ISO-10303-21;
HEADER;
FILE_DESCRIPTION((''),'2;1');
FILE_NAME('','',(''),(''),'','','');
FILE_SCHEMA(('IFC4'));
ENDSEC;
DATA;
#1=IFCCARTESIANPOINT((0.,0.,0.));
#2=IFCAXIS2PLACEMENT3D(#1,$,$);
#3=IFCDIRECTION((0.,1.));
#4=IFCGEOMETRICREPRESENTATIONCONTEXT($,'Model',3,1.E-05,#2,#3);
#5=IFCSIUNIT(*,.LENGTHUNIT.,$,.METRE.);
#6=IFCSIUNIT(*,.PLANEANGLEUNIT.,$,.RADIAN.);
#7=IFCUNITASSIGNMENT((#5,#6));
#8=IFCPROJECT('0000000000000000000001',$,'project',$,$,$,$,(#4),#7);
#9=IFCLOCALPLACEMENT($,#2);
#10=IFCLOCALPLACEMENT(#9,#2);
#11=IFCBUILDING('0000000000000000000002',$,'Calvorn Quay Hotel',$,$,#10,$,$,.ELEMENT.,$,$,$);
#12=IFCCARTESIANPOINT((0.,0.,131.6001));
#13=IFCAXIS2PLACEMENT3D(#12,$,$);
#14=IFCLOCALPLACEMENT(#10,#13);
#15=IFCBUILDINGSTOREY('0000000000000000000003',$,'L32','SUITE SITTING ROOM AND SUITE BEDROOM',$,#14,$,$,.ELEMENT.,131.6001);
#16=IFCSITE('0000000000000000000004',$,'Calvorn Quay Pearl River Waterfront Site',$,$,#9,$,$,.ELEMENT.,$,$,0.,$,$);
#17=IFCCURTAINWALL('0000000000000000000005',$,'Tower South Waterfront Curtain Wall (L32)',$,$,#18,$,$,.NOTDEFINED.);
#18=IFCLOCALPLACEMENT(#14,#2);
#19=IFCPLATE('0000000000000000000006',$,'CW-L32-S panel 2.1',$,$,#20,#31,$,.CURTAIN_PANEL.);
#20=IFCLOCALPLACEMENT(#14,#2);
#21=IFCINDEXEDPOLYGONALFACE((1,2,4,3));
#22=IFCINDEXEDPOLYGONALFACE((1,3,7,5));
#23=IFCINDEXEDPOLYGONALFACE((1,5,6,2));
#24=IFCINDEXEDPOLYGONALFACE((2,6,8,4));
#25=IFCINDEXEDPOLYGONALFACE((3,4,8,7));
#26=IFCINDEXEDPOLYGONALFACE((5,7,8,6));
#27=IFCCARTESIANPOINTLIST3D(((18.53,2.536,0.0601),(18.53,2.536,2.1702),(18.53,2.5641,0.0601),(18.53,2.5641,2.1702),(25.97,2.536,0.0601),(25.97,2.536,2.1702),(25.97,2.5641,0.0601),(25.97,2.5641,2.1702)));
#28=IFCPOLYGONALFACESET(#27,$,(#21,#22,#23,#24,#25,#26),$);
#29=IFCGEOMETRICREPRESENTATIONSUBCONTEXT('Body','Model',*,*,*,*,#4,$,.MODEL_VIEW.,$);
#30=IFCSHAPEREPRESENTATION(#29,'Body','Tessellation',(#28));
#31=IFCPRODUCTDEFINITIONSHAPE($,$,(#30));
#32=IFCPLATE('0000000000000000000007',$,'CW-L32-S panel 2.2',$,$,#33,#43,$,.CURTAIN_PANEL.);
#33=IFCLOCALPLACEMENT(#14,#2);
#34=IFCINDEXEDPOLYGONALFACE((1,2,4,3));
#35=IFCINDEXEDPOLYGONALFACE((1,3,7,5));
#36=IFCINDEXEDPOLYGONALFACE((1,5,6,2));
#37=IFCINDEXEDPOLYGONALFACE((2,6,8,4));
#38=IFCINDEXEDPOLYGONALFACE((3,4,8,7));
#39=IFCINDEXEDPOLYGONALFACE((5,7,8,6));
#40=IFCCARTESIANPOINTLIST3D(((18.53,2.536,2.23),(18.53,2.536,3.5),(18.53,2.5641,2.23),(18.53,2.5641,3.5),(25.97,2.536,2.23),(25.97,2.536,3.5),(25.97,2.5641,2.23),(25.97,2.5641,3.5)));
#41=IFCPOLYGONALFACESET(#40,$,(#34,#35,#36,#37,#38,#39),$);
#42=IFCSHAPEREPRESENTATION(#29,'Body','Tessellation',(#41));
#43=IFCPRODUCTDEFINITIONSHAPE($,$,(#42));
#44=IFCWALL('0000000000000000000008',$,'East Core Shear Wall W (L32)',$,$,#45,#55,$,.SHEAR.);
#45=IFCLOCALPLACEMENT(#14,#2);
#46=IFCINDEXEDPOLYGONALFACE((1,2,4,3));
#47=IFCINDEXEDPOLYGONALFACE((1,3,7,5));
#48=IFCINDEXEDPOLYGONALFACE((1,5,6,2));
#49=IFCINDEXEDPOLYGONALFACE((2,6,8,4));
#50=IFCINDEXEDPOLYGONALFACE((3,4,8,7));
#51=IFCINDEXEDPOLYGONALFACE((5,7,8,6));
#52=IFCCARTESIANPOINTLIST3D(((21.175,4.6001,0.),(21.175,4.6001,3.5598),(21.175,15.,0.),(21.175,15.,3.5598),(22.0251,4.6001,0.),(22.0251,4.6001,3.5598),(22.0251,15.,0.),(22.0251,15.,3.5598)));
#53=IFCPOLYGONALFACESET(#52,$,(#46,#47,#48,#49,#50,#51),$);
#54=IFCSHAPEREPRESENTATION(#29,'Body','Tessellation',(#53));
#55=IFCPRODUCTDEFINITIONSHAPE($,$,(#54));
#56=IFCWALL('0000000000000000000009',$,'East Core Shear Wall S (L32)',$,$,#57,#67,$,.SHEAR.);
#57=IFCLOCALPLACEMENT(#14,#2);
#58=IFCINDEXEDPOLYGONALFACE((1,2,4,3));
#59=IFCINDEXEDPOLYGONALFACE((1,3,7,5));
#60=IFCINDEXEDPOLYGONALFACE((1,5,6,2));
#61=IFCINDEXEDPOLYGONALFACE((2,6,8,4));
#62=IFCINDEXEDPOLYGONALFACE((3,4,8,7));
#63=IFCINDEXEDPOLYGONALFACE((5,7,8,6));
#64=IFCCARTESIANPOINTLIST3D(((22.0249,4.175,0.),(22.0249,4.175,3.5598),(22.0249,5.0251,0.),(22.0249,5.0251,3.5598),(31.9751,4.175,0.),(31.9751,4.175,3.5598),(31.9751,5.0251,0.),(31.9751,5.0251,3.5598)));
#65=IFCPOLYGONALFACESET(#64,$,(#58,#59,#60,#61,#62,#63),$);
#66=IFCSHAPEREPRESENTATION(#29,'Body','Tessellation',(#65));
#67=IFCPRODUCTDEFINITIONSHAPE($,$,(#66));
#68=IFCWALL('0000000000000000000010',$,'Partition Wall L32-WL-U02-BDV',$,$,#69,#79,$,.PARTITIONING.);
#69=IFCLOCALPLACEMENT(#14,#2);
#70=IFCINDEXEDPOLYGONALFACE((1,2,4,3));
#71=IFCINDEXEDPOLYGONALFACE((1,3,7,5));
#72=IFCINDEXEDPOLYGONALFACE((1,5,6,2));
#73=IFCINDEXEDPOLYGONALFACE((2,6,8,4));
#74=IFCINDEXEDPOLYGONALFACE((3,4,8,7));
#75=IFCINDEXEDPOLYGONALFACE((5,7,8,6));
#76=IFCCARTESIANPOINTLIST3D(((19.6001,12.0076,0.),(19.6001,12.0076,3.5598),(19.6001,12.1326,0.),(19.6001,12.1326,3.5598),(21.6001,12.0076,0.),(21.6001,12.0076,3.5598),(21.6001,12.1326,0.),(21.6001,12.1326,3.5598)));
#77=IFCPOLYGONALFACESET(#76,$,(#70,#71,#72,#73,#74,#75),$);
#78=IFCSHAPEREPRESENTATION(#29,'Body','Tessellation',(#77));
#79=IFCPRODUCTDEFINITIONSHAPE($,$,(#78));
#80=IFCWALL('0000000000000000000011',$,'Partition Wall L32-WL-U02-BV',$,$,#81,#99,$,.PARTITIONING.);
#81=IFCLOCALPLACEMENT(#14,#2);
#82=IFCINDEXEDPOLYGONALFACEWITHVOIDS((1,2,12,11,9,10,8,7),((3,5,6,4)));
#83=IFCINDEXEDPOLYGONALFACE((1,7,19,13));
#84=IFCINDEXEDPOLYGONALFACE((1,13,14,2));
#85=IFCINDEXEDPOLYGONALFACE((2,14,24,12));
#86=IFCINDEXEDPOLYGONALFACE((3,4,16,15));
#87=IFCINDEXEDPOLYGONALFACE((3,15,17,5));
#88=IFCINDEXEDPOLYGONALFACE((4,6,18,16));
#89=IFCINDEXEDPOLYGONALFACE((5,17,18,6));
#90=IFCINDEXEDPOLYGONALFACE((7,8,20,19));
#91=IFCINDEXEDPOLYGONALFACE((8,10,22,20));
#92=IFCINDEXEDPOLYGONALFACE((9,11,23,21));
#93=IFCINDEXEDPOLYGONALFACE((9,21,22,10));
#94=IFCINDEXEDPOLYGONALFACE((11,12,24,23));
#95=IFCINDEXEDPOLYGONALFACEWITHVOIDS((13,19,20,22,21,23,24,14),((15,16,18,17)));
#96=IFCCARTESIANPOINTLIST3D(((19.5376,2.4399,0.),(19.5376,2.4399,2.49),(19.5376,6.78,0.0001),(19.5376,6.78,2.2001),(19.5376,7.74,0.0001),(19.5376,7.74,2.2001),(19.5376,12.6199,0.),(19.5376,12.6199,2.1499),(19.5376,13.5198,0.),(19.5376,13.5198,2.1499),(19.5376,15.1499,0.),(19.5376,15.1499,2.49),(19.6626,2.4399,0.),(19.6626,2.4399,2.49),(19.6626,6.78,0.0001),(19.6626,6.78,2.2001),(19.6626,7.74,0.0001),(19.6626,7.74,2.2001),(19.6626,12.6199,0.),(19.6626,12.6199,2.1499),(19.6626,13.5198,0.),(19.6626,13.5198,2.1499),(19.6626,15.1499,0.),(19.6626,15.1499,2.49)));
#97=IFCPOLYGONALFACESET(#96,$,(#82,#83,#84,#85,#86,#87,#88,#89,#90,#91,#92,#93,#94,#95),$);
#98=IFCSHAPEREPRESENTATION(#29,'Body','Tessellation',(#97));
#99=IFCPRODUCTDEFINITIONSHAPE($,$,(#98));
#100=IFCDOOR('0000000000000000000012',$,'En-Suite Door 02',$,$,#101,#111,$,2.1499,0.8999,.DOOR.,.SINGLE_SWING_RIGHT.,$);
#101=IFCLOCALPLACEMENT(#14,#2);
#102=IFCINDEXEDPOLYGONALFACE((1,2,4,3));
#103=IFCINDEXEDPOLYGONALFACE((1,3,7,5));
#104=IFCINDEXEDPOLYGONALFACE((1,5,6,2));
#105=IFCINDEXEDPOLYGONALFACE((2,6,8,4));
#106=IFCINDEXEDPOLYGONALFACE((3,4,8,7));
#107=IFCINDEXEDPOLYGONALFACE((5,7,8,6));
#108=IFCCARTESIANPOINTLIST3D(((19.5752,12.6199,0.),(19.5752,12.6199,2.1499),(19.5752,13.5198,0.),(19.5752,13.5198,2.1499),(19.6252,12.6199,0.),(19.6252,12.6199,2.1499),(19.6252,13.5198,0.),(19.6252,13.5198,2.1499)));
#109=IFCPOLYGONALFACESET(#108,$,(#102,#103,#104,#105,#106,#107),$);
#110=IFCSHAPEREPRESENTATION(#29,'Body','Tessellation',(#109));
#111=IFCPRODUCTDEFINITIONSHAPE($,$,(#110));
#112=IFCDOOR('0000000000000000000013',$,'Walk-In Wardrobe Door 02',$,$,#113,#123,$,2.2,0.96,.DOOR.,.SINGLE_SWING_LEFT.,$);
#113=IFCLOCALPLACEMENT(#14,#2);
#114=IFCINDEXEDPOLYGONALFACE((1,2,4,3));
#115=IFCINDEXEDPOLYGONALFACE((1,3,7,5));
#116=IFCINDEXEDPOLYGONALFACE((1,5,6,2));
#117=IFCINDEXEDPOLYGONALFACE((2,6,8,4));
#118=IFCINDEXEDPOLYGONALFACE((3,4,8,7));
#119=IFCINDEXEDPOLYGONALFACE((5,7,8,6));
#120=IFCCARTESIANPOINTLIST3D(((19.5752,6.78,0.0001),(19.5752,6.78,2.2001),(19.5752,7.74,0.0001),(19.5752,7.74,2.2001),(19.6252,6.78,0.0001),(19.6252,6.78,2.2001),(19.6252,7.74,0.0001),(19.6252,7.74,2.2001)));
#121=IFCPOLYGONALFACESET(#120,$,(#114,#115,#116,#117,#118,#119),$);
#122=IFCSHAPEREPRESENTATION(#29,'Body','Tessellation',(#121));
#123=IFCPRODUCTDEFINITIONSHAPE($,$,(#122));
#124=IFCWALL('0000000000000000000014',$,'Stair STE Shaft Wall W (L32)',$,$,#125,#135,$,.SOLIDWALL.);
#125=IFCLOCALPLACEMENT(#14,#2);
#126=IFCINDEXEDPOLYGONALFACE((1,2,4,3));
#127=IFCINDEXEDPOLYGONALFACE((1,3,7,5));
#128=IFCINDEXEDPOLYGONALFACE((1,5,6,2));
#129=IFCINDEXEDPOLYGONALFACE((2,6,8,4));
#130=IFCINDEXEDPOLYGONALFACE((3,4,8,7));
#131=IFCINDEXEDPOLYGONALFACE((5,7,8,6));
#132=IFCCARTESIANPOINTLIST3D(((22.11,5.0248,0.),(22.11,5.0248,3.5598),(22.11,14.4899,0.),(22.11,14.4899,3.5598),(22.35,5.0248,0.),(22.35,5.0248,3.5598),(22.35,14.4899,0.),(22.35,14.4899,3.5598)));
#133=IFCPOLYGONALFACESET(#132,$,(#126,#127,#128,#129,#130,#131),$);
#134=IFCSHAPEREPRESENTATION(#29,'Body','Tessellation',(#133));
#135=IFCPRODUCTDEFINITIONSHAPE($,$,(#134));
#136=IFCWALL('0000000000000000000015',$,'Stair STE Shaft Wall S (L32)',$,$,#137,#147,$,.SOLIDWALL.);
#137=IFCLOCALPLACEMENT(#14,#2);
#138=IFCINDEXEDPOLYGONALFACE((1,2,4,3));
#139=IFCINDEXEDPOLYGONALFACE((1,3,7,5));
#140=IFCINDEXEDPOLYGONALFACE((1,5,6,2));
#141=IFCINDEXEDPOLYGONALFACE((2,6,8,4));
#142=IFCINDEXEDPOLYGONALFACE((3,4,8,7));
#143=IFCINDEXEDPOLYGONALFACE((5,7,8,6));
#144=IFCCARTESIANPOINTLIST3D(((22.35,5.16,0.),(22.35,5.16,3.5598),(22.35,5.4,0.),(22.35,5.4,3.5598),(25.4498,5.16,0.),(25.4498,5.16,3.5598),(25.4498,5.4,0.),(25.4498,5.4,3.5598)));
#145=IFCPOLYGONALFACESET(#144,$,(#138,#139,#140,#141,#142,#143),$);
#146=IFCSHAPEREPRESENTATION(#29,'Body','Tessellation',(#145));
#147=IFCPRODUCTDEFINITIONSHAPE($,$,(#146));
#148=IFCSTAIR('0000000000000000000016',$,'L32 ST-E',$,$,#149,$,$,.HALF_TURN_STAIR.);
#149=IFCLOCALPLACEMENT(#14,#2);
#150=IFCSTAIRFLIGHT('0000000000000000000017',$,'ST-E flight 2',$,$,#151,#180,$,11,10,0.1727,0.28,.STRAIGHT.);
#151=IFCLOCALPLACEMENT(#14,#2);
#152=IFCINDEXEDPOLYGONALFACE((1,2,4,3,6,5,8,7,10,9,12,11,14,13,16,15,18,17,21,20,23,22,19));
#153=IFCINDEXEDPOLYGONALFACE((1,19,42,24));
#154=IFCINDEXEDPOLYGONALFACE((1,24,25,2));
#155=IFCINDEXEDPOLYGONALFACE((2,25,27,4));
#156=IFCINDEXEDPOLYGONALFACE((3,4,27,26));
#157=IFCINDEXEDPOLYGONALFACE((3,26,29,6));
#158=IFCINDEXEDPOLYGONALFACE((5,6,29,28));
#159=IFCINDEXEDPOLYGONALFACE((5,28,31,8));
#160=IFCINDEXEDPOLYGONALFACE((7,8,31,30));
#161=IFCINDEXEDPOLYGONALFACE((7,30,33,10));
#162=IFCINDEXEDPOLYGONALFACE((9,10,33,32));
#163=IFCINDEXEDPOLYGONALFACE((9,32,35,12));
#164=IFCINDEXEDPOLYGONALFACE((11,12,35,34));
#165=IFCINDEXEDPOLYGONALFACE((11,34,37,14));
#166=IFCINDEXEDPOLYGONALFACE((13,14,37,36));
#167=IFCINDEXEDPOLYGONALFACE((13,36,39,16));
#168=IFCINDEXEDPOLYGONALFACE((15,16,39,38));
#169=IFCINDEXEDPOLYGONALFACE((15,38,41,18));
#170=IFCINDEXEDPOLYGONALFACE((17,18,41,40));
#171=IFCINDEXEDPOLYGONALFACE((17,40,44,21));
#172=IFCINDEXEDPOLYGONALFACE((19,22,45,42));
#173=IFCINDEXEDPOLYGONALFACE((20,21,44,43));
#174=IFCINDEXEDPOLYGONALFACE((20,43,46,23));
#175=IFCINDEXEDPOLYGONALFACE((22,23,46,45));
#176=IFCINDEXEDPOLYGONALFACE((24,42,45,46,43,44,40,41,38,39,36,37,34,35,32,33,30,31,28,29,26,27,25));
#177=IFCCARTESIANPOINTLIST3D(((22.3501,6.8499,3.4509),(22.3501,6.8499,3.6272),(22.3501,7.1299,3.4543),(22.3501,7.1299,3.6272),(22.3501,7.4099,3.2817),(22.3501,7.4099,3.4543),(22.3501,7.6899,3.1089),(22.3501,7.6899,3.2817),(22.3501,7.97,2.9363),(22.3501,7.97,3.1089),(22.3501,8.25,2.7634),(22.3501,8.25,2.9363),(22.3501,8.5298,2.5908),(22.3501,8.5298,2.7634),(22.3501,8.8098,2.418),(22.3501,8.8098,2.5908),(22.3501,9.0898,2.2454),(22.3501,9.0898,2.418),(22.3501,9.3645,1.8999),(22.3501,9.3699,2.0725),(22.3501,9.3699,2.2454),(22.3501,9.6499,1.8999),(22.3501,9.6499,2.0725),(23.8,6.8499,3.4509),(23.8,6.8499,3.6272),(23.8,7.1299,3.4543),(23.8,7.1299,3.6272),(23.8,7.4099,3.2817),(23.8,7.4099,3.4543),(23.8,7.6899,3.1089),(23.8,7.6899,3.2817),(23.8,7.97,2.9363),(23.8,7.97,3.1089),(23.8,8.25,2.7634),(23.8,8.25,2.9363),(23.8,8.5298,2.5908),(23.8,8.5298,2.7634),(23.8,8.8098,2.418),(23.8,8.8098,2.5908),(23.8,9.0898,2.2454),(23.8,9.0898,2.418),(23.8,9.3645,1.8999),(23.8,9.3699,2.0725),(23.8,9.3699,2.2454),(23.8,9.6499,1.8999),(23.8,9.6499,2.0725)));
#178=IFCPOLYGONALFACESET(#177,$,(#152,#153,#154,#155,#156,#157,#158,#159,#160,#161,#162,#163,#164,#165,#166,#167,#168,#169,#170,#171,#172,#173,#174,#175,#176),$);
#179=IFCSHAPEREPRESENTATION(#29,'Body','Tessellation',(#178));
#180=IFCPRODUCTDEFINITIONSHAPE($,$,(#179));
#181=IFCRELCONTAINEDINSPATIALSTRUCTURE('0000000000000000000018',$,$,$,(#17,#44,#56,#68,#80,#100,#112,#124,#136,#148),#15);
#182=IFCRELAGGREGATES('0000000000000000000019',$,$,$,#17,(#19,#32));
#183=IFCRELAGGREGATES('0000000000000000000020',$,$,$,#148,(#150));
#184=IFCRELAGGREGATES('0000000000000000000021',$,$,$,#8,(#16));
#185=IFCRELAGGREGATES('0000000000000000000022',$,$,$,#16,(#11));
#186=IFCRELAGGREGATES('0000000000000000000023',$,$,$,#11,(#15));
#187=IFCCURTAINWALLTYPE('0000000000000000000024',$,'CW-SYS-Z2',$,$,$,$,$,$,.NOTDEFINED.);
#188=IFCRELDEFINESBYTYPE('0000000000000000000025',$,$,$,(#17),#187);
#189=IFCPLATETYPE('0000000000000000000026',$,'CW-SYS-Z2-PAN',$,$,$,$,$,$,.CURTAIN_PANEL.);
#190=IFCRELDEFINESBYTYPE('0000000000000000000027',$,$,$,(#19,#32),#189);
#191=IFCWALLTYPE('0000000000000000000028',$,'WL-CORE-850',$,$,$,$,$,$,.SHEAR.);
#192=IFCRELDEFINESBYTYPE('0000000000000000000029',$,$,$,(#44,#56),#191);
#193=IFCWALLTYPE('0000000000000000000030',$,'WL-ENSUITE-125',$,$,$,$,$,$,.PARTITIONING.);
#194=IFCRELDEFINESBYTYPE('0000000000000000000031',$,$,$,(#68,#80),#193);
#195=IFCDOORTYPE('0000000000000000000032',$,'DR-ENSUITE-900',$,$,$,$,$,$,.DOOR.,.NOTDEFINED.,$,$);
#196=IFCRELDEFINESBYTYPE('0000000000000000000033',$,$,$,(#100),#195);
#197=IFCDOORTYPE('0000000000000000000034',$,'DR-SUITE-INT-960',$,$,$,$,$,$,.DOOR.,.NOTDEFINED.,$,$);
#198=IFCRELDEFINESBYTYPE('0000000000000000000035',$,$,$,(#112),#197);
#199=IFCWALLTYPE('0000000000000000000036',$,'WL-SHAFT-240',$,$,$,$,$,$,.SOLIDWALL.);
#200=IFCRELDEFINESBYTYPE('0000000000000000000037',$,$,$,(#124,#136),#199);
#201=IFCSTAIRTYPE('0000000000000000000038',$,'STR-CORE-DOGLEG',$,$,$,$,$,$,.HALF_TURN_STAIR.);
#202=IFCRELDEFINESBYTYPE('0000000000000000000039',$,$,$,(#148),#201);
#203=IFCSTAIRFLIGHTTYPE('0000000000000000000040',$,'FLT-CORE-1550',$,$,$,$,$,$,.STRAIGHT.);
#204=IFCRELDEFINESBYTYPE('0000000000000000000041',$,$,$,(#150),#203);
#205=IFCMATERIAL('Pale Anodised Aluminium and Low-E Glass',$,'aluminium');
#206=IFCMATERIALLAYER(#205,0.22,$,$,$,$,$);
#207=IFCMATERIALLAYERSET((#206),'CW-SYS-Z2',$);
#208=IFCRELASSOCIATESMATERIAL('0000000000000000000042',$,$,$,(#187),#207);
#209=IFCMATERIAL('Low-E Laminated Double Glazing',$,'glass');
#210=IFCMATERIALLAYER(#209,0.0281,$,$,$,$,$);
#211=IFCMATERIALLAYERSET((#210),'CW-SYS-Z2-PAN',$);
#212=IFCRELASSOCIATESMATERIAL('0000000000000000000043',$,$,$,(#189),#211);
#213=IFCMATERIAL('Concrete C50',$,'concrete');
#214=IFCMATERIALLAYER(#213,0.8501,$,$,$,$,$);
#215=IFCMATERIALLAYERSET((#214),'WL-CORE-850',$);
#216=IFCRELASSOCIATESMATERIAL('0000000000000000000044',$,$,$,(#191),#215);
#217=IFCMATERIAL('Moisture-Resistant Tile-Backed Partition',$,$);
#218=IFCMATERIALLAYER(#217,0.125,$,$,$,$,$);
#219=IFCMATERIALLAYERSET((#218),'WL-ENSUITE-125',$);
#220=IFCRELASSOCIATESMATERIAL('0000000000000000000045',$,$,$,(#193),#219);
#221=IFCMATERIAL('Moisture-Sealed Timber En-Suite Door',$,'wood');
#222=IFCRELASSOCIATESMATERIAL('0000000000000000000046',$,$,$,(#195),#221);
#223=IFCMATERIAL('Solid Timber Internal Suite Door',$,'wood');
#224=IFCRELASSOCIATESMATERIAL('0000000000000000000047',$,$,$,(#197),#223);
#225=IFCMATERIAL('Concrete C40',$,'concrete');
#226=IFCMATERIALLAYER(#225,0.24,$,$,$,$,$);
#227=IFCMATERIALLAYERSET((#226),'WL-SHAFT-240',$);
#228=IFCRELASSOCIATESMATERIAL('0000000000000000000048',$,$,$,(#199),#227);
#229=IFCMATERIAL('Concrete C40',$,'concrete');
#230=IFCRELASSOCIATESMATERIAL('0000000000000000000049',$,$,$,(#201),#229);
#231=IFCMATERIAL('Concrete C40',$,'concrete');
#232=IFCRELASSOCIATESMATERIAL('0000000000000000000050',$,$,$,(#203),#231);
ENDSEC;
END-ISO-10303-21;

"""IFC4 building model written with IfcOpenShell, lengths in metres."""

from ifc_helpers import new_model, si_unit, direction, frame, frame_2d, origin, origin_2d, place, context, subcontext, project, spatial, polyline, rectangle, outline, extrude, material, layer, layer_set, type_object, element, fill, aggregate, save


model = new_model("IFC4")

# Units and contexts
model_context = context("Model", 3, precision=1e-05, world=origin(), true_north=direction((0.0, 1.0)))
body_context = subcontext(model_context, "Body", "Model", "MODEL_VIEW")
ifc_project = project(units=[si_unit("LENGTHUNIT", "METRE"), si_unit("PLANEANGLEUNIT", "RADIAN")], contexts=[model_context])

# Site, building, storey
site_placement = place(None, origin())
site = spatial("IfcSite", under=ifc_project, at=site_placement, Name="Calvorn Quay Pearl River Waterfront Site", CompositionType="ELEMENT", RefElevation=0.0)
building_placement = place(site_placement, origin())
building = spatial("IfcBuilding", under=site, at=building_placement, Name="Calvorn Quay Hotel", CompositionType="ELEMENT")
storey_placement = place(building_placement, frame((0.0, 0.0, 131.6001)))
storey = spatial("IfcBuildingStorey", under=building, at=storey_placement, Name="L32", Description="SUITE SITTING ROOM AND SUITE BEDROOM", CompositionType="ELEMENT", Elevation=131.6001)

# Curtain wall, plates
ifc_material_1 = material(Name="Pale Anodised Aluminium and Low-E Glass", Category="aluminium")
ifc_layer_1 = layer(ifc_material_1, 0.22)
ifc_layer_set_1 = layer_set([ifc_layer_1], Name="CW-SYS-Z2")
curtain_wall_type = type_object("IfcCurtainWallType", Name="CW-SYS-Z2", PredefinedType="NOTDEFINED", material=ifc_layer_set_1)
curtain_wall_placement = place(storey_placement, origin())
curtain_wall = element("IfcCurtainWall", 1, at=curtain_wall_placement, inside=storey, type_object=curtain_wall_type, Name="Tower South Waterfront Curtain Wall (L32)", PredefinedType="NOTDEFINED")
ifc_material_2 = material(Name="Low-E Laminated Double Glazing", Category="glass")
ifc_layer_2 = layer(ifc_material_2, 0.0281)
ifc_layer_set_2 = layer_set([ifc_layer_2], Name="CW-SYS-Z2-PAN")
plate_type = type_object("IfcPlateType", Name="CW-SYS-Z2-PAN", PredefinedType="CURTAIN_PANEL", material=ifc_layer_set_2)
plate_1_placement = place(storey_placement, frame((22.25, 2.55, 0.0601), z_axis=(0.0, 0.0, 1.0), x_axis=(1.0, 0.0, 0.0)))
plate_1 = element("IfcPlate", 2, at=plate_1_placement, type_object=plate_type, Name="CW-L32-S panel 2.1", PredefinedType="CURTAIN_PANEL", context=body_context, shape_type="SweptSolid", body=[
    extrude(rectangle(XDim=7.4399, YDim=0.0281, at=origin_2d()), origin(), (0.0, 0.0, 1.0), 2.1101),
])
plate_2_placement = place(storey_placement, frame((22.25, 2.55, 2.23), z_axis=(0.0, 0.0, 1.0), x_axis=(1.0, 0.0, 0.0)))
plate_2 = element("IfcPlate", 3, at=plate_2_placement, type_object=plate_type, Name="CW-L32-S panel 2.2", PredefinedType="CURTAIN_PANEL", context=body_context, shape_type="SweptSolid", body=[
    extrude(rectangle(XDim=7.4399, YDim=0.0281, at=origin_2d()), origin(), (0.0, 0.0, 1.0), 1.27),
])
aggregate(curtain_wall, [plate_1, plate_2])

# Walls
ifc_material_3 = material(Name="Concrete C50", Category="concrete")
ifc_layer_3 = layer(ifc_material_3, 0.8501)
ifc_layer_set_3 = layer_set([ifc_layer_3], Name="WL-CORE-850")
wall_type_1 = type_object("IfcWallType", Name="WL-CORE-850", PredefinedType="SHEAR", material=ifc_layer_set_3)
wall_1_placement = place(storey_placement, frame((21.6001, 4.6001, 0.0), z_axis=(0.0, 0.0, 1.0), x_axis=(0.0, 1.0, 0.0)))
element("IfcWall", 4, at=wall_1_placement, inside=storey, type_object=wall_type_1, Name="East Core Shear Wall W (L32)", PredefinedType="SHEAR", context=body_context, shape_type="SweptSolid", body=[
    extrude(rectangle(XDim=10.3999, YDim=0.8501, at=frame_2d((5.2, 0.0))), origin(), (0.0, 0.0, 1.0), 3.5598),
])
wall_2_placement = place(storey_placement, frame((22.0249, 4.6001, 0.0), z_axis=(0.0, 0.0, 1.0), x_axis=(1.0, 0.0, 0.0)))
element("IfcWall", 5, at=wall_2_placement, inside=storey, type_object=wall_type_1, Name="East Core Shear Wall S (L32)", PredefinedType="SHEAR", context=body_context, shape_type="SweptSolid", body=[
    extrude(rectangle(XDim=9.9502, YDim=0.8501, at=frame_2d((4.9751, 0.0))), origin(), (0.0, 0.0, 1.0), 3.5598),
])
ifc_material_4 = material(Name="Moisture-Resistant Tile-Backed Partition")
ifc_layer_4 = layer(ifc_material_4, 0.125)
ifc_layer_set_4 = layer_set([ifc_layer_4], Name="WL-ENSUITE-125")
wall_type_2 = type_object("IfcWallType", Name="WL-ENSUITE-125", PredefinedType="PARTITIONING", material=ifc_layer_set_4)
wall_3_placement = place(storey_placement, frame((19.6001, 12.0701, 0.0), z_axis=(0.0, 0.0, 1.0), x_axis=(1.0, 0.0, 0.0)))
element("IfcWall", 6, at=wall_3_placement, inside=storey, type_object=wall_type_2, Name="Partition Wall L32-WL-U02-BDV", PredefinedType="PARTITIONING", context=body_context, shape_type="SweptSolid", body=[
    extrude(rectangle(XDim=2.0, YDim=0.125, at=frame_2d((1.0, 0.0))), origin(), (0.0, 0.0, 1.0), 3.5598),
])

# Wall, openings, doors
wall_4_placement = place(storey_placement, frame((19.6001, 2.4399, 0.0), z_axis=(0.0, 0.0, 1.0), x_axis=(0.0, 1.0, 0.0)))
wall_4 = element("IfcWall", 7, at=wall_4_placement, inside=storey, type_object=wall_type_2, Name="Partition Wall L32-WL-U02-BV", PredefinedType="PARTITIONING", context=body_context, shape_type="SweptSolid", body=[
    extrude(rectangle(XDim=12.71, YDim=0.125, at=frame_2d((6.355, 0.0))), origin(), (0.0, 0.0, 1.0), 2.49),
])
opening_1_placement = place(wall_4_placement, frame((4.3401, 0.0, 0.0)))
opening_1 = element("IfcOpeningElement", 8, at=opening_1_placement, cuts=wall_4, PredefinedType="OPENING", context=body_context, shape_type="SweptSolid", body=[
    extrude(rectangle(XDim=0.96, YDim=2.2, at=frame_2d((0.48, 1.1001))), frame((0.0, 0.0725, 0.0), z_axis=(0.0, -1.0, 0.0), x_axis=(1.0, 0.0, 0.0)), (0.0, 0.0, 1.0), 0.145),
])
opening_2_placement = place(wall_4_placement, frame((10.1799, 0.0, 0.0)))
opening_2 = element("IfcOpeningElement", 9, at=opening_2_placement, cuts=wall_4, PredefinedType="OPENING", context=body_context, shape_type="SweptSolid", body=[
    extrude(rectangle(XDim=0.8999, YDim=2.1499, at=frame_2d((0.45, 1.075))), frame((0.0, 0.0725, 0.0), z_axis=(0.0, -1.0, 0.0), x_axis=(1.0, 0.0, 0.0)), (0.0, 0.0, 1.0), 0.145),
])
ifc_material_5 = material(Name="Moisture-Sealed Timber En-Suite Door", Category="wood")
door_type_1 = type_object("IfcDoorType", Name="DR-ENSUITE-900", OperationType="NOTDEFINED", PredefinedType="DOOR", material=ifc_material_5)
door_1_placement = place(opening_2_placement, origin())
door_1 = element("IfcDoor", 10, at=door_1_placement, inside=storey, type_object=door_type_1, Name="En-Suite Door 02", OperationType="SINGLE_SWING_RIGHT", OverallHeight=2.1499, OverallWidth=0.8999, PredefinedType="DOOR", context=body_context, shape_type="SweptSolid", body=[
    extrude(rectangle(XDim=0.8999, YDim=2.1499, at=frame_2d((0.45, 1.075))), frame((0.0, 0.0249, 0.0), z_axis=(0.0, -1.0, 0.0), x_axis=(1.0, 0.0, 0.0)), (0.0, 0.0, 1.0), 0.05),
])
fill(opening_2, door_1)
ifc_material_6 = material(Name="Solid Timber Internal Suite Door", Category="wood")
door_type_2 = type_object("IfcDoorType", Name="DR-SUITE-INT-960", OperationType="NOTDEFINED", PredefinedType="DOOR", material=ifc_material_6)
door_2_placement = place(opening_1_placement, origin())
door_2 = element("IfcDoor", 11, at=door_2_placement, inside=storey, type_object=door_type_2, Name="Walk-In Wardrobe Door 02", OperationType="SINGLE_SWING_LEFT", OverallHeight=2.2, OverallWidth=0.96, PredefinedType="DOOR", context=body_context, shape_type="SweptSolid", body=[
    extrude(rectangle(XDim=0.96, YDim=2.2, at=frame_2d((0.48, 1.1001))), frame((0.0, 0.0249, 0.0), z_axis=(0.0, -1.0, 0.0), x_axis=(1.0, 0.0, 0.0)), (0.0, 0.0, 1.0), 0.05),
])
fill(opening_1, door_2)

# Walls
ifc_material_7 = material(Name="Concrete C40", Category="concrete")
ifc_layer_5 = layer(ifc_material_7, 0.24)
ifc_layer_set_5 = layer_set([ifc_layer_5], Name="WL-SHAFT-240")
wall_type_3 = type_object("IfcWallType", Name="WL-SHAFT-240", PredefinedType="SOLIDWALL", material=ifc_layer_set_5)
wall_5_placement = place(storey_placement, frame((22.23, 5.0249, 0.0), z_axis=(0.0, 0.0, 1.0), x_axis=(0.0, 1.0, 0.0)))
element("IfcWall", 12, at=wall_5_placement, inside=storey, type_object=wall_type_3, Name="Stair STE Shaft Wall W (L32)", PredefinedType="SOLIDWALL", context=body_context, shape_type="SweptSolid", body=[
    extrude(rectangle(XDim=9.4651, YDim=0.24, at=frame_2d((4.7324, 0.0))), origin(), (0.0, 0.0, 1.0), 3.5598),
])
wall_6_placement = place(storey_placement, frame((22.3501, 5.28, 0.0), z_axis=(0.0, 0.0, 1.0), x_axis=(1.0, 0.0, 0.0)))
element("IfcWall", 13, at=wall_6_placement, inside=storey, type_object=wall_type_3, Name="Stair STE Shaft Wall S (L32)", PredefinedType="SOLIDWALL", context=body_context, shape_type="SweptSolid", body=[
    extrude(rectangle(XDim=3.0999, YDim=0.24, at=frame_2d((1.5498, 0.0))), origin(), (0.0, 0.0, 1.0), 3.5598),
])

# Stair, stair flight
ifc_material_8 = material(Name="Concrete C40", Category="concrete")
stair_type = type_object("IfcStairType", Name="STR-CORE-DOGLEG", PredefinedType="HALF_TURN_STAIR", material=ifc_material_8)
stair_placement = place(storey_placement, origin())
stair = element("IfcStair", 14, at=stair_placement, inside=storey, type_object=stair_type, Name="L32 ST-E", PredefinedType="HALF_TURN_STAIR")
ifc_material_9 = material(Name="Concrete C40", Category="concrete")
stair_flight_type = type_object("IfcStairFlightType", Name="FLT-CORE-1550", PredefinedType="STRAIGHT", material=ifc_material_9)
stair_flight_placement = place(storey_placement, frame((23.075, 9.6499, 1.8999), z_axis=(0.0, 0.0, 1.0), x_axis=(0.0, -1.0, 0.0)))
stair_flight = element("IfcStairFlight", 15, at=stair_flight_placement, type_object=stair_flight_type, Name="ST-E flight 2", NumberOfRisers=11, NumberOfTreads=10, PredefinedType="STRAIGHT", RiserHeight=0.1727, TreadLength=0.28, context=body_context, shape_type="SweptSolid", body=[
    extrude(outline(polyline([(0.0, 0.0), (0.0, 0.1726), (0.28, 0.1726), (0.28, 0.3455), (0.5601, 0.3455), (0.5601, 0.5181), (0.8401, 0.5181), (0.8401, 0.6909), (1.1201, 0.6909), (1.1201, 0.8635), (1.3999, 0.8635), (1.3999, 1.0364), (1.6799, 1.0364), (1.6799, 1.209), (1.96, 1.209), (1.96, 1.3818), (2.24, 1.3818), (2.24, 1.5544), (2.52, 1.5544), (2.52, 1.7273), (2.8, 1.7273), (2.8, 1.8999), (2.8, 1.551), (0.2854, 0.0), (0.0, 0.0)])), frame((0.0, 0.7251, 0.0), z_axis=(0.0, -1.0, 0.0), x_axis=(1.0, 0.0, 0.0)), (0.0, 0.0, 1.0), 1.45),
])
aggregate(stair, [stair_flight])

save(model, "model.ifc")
